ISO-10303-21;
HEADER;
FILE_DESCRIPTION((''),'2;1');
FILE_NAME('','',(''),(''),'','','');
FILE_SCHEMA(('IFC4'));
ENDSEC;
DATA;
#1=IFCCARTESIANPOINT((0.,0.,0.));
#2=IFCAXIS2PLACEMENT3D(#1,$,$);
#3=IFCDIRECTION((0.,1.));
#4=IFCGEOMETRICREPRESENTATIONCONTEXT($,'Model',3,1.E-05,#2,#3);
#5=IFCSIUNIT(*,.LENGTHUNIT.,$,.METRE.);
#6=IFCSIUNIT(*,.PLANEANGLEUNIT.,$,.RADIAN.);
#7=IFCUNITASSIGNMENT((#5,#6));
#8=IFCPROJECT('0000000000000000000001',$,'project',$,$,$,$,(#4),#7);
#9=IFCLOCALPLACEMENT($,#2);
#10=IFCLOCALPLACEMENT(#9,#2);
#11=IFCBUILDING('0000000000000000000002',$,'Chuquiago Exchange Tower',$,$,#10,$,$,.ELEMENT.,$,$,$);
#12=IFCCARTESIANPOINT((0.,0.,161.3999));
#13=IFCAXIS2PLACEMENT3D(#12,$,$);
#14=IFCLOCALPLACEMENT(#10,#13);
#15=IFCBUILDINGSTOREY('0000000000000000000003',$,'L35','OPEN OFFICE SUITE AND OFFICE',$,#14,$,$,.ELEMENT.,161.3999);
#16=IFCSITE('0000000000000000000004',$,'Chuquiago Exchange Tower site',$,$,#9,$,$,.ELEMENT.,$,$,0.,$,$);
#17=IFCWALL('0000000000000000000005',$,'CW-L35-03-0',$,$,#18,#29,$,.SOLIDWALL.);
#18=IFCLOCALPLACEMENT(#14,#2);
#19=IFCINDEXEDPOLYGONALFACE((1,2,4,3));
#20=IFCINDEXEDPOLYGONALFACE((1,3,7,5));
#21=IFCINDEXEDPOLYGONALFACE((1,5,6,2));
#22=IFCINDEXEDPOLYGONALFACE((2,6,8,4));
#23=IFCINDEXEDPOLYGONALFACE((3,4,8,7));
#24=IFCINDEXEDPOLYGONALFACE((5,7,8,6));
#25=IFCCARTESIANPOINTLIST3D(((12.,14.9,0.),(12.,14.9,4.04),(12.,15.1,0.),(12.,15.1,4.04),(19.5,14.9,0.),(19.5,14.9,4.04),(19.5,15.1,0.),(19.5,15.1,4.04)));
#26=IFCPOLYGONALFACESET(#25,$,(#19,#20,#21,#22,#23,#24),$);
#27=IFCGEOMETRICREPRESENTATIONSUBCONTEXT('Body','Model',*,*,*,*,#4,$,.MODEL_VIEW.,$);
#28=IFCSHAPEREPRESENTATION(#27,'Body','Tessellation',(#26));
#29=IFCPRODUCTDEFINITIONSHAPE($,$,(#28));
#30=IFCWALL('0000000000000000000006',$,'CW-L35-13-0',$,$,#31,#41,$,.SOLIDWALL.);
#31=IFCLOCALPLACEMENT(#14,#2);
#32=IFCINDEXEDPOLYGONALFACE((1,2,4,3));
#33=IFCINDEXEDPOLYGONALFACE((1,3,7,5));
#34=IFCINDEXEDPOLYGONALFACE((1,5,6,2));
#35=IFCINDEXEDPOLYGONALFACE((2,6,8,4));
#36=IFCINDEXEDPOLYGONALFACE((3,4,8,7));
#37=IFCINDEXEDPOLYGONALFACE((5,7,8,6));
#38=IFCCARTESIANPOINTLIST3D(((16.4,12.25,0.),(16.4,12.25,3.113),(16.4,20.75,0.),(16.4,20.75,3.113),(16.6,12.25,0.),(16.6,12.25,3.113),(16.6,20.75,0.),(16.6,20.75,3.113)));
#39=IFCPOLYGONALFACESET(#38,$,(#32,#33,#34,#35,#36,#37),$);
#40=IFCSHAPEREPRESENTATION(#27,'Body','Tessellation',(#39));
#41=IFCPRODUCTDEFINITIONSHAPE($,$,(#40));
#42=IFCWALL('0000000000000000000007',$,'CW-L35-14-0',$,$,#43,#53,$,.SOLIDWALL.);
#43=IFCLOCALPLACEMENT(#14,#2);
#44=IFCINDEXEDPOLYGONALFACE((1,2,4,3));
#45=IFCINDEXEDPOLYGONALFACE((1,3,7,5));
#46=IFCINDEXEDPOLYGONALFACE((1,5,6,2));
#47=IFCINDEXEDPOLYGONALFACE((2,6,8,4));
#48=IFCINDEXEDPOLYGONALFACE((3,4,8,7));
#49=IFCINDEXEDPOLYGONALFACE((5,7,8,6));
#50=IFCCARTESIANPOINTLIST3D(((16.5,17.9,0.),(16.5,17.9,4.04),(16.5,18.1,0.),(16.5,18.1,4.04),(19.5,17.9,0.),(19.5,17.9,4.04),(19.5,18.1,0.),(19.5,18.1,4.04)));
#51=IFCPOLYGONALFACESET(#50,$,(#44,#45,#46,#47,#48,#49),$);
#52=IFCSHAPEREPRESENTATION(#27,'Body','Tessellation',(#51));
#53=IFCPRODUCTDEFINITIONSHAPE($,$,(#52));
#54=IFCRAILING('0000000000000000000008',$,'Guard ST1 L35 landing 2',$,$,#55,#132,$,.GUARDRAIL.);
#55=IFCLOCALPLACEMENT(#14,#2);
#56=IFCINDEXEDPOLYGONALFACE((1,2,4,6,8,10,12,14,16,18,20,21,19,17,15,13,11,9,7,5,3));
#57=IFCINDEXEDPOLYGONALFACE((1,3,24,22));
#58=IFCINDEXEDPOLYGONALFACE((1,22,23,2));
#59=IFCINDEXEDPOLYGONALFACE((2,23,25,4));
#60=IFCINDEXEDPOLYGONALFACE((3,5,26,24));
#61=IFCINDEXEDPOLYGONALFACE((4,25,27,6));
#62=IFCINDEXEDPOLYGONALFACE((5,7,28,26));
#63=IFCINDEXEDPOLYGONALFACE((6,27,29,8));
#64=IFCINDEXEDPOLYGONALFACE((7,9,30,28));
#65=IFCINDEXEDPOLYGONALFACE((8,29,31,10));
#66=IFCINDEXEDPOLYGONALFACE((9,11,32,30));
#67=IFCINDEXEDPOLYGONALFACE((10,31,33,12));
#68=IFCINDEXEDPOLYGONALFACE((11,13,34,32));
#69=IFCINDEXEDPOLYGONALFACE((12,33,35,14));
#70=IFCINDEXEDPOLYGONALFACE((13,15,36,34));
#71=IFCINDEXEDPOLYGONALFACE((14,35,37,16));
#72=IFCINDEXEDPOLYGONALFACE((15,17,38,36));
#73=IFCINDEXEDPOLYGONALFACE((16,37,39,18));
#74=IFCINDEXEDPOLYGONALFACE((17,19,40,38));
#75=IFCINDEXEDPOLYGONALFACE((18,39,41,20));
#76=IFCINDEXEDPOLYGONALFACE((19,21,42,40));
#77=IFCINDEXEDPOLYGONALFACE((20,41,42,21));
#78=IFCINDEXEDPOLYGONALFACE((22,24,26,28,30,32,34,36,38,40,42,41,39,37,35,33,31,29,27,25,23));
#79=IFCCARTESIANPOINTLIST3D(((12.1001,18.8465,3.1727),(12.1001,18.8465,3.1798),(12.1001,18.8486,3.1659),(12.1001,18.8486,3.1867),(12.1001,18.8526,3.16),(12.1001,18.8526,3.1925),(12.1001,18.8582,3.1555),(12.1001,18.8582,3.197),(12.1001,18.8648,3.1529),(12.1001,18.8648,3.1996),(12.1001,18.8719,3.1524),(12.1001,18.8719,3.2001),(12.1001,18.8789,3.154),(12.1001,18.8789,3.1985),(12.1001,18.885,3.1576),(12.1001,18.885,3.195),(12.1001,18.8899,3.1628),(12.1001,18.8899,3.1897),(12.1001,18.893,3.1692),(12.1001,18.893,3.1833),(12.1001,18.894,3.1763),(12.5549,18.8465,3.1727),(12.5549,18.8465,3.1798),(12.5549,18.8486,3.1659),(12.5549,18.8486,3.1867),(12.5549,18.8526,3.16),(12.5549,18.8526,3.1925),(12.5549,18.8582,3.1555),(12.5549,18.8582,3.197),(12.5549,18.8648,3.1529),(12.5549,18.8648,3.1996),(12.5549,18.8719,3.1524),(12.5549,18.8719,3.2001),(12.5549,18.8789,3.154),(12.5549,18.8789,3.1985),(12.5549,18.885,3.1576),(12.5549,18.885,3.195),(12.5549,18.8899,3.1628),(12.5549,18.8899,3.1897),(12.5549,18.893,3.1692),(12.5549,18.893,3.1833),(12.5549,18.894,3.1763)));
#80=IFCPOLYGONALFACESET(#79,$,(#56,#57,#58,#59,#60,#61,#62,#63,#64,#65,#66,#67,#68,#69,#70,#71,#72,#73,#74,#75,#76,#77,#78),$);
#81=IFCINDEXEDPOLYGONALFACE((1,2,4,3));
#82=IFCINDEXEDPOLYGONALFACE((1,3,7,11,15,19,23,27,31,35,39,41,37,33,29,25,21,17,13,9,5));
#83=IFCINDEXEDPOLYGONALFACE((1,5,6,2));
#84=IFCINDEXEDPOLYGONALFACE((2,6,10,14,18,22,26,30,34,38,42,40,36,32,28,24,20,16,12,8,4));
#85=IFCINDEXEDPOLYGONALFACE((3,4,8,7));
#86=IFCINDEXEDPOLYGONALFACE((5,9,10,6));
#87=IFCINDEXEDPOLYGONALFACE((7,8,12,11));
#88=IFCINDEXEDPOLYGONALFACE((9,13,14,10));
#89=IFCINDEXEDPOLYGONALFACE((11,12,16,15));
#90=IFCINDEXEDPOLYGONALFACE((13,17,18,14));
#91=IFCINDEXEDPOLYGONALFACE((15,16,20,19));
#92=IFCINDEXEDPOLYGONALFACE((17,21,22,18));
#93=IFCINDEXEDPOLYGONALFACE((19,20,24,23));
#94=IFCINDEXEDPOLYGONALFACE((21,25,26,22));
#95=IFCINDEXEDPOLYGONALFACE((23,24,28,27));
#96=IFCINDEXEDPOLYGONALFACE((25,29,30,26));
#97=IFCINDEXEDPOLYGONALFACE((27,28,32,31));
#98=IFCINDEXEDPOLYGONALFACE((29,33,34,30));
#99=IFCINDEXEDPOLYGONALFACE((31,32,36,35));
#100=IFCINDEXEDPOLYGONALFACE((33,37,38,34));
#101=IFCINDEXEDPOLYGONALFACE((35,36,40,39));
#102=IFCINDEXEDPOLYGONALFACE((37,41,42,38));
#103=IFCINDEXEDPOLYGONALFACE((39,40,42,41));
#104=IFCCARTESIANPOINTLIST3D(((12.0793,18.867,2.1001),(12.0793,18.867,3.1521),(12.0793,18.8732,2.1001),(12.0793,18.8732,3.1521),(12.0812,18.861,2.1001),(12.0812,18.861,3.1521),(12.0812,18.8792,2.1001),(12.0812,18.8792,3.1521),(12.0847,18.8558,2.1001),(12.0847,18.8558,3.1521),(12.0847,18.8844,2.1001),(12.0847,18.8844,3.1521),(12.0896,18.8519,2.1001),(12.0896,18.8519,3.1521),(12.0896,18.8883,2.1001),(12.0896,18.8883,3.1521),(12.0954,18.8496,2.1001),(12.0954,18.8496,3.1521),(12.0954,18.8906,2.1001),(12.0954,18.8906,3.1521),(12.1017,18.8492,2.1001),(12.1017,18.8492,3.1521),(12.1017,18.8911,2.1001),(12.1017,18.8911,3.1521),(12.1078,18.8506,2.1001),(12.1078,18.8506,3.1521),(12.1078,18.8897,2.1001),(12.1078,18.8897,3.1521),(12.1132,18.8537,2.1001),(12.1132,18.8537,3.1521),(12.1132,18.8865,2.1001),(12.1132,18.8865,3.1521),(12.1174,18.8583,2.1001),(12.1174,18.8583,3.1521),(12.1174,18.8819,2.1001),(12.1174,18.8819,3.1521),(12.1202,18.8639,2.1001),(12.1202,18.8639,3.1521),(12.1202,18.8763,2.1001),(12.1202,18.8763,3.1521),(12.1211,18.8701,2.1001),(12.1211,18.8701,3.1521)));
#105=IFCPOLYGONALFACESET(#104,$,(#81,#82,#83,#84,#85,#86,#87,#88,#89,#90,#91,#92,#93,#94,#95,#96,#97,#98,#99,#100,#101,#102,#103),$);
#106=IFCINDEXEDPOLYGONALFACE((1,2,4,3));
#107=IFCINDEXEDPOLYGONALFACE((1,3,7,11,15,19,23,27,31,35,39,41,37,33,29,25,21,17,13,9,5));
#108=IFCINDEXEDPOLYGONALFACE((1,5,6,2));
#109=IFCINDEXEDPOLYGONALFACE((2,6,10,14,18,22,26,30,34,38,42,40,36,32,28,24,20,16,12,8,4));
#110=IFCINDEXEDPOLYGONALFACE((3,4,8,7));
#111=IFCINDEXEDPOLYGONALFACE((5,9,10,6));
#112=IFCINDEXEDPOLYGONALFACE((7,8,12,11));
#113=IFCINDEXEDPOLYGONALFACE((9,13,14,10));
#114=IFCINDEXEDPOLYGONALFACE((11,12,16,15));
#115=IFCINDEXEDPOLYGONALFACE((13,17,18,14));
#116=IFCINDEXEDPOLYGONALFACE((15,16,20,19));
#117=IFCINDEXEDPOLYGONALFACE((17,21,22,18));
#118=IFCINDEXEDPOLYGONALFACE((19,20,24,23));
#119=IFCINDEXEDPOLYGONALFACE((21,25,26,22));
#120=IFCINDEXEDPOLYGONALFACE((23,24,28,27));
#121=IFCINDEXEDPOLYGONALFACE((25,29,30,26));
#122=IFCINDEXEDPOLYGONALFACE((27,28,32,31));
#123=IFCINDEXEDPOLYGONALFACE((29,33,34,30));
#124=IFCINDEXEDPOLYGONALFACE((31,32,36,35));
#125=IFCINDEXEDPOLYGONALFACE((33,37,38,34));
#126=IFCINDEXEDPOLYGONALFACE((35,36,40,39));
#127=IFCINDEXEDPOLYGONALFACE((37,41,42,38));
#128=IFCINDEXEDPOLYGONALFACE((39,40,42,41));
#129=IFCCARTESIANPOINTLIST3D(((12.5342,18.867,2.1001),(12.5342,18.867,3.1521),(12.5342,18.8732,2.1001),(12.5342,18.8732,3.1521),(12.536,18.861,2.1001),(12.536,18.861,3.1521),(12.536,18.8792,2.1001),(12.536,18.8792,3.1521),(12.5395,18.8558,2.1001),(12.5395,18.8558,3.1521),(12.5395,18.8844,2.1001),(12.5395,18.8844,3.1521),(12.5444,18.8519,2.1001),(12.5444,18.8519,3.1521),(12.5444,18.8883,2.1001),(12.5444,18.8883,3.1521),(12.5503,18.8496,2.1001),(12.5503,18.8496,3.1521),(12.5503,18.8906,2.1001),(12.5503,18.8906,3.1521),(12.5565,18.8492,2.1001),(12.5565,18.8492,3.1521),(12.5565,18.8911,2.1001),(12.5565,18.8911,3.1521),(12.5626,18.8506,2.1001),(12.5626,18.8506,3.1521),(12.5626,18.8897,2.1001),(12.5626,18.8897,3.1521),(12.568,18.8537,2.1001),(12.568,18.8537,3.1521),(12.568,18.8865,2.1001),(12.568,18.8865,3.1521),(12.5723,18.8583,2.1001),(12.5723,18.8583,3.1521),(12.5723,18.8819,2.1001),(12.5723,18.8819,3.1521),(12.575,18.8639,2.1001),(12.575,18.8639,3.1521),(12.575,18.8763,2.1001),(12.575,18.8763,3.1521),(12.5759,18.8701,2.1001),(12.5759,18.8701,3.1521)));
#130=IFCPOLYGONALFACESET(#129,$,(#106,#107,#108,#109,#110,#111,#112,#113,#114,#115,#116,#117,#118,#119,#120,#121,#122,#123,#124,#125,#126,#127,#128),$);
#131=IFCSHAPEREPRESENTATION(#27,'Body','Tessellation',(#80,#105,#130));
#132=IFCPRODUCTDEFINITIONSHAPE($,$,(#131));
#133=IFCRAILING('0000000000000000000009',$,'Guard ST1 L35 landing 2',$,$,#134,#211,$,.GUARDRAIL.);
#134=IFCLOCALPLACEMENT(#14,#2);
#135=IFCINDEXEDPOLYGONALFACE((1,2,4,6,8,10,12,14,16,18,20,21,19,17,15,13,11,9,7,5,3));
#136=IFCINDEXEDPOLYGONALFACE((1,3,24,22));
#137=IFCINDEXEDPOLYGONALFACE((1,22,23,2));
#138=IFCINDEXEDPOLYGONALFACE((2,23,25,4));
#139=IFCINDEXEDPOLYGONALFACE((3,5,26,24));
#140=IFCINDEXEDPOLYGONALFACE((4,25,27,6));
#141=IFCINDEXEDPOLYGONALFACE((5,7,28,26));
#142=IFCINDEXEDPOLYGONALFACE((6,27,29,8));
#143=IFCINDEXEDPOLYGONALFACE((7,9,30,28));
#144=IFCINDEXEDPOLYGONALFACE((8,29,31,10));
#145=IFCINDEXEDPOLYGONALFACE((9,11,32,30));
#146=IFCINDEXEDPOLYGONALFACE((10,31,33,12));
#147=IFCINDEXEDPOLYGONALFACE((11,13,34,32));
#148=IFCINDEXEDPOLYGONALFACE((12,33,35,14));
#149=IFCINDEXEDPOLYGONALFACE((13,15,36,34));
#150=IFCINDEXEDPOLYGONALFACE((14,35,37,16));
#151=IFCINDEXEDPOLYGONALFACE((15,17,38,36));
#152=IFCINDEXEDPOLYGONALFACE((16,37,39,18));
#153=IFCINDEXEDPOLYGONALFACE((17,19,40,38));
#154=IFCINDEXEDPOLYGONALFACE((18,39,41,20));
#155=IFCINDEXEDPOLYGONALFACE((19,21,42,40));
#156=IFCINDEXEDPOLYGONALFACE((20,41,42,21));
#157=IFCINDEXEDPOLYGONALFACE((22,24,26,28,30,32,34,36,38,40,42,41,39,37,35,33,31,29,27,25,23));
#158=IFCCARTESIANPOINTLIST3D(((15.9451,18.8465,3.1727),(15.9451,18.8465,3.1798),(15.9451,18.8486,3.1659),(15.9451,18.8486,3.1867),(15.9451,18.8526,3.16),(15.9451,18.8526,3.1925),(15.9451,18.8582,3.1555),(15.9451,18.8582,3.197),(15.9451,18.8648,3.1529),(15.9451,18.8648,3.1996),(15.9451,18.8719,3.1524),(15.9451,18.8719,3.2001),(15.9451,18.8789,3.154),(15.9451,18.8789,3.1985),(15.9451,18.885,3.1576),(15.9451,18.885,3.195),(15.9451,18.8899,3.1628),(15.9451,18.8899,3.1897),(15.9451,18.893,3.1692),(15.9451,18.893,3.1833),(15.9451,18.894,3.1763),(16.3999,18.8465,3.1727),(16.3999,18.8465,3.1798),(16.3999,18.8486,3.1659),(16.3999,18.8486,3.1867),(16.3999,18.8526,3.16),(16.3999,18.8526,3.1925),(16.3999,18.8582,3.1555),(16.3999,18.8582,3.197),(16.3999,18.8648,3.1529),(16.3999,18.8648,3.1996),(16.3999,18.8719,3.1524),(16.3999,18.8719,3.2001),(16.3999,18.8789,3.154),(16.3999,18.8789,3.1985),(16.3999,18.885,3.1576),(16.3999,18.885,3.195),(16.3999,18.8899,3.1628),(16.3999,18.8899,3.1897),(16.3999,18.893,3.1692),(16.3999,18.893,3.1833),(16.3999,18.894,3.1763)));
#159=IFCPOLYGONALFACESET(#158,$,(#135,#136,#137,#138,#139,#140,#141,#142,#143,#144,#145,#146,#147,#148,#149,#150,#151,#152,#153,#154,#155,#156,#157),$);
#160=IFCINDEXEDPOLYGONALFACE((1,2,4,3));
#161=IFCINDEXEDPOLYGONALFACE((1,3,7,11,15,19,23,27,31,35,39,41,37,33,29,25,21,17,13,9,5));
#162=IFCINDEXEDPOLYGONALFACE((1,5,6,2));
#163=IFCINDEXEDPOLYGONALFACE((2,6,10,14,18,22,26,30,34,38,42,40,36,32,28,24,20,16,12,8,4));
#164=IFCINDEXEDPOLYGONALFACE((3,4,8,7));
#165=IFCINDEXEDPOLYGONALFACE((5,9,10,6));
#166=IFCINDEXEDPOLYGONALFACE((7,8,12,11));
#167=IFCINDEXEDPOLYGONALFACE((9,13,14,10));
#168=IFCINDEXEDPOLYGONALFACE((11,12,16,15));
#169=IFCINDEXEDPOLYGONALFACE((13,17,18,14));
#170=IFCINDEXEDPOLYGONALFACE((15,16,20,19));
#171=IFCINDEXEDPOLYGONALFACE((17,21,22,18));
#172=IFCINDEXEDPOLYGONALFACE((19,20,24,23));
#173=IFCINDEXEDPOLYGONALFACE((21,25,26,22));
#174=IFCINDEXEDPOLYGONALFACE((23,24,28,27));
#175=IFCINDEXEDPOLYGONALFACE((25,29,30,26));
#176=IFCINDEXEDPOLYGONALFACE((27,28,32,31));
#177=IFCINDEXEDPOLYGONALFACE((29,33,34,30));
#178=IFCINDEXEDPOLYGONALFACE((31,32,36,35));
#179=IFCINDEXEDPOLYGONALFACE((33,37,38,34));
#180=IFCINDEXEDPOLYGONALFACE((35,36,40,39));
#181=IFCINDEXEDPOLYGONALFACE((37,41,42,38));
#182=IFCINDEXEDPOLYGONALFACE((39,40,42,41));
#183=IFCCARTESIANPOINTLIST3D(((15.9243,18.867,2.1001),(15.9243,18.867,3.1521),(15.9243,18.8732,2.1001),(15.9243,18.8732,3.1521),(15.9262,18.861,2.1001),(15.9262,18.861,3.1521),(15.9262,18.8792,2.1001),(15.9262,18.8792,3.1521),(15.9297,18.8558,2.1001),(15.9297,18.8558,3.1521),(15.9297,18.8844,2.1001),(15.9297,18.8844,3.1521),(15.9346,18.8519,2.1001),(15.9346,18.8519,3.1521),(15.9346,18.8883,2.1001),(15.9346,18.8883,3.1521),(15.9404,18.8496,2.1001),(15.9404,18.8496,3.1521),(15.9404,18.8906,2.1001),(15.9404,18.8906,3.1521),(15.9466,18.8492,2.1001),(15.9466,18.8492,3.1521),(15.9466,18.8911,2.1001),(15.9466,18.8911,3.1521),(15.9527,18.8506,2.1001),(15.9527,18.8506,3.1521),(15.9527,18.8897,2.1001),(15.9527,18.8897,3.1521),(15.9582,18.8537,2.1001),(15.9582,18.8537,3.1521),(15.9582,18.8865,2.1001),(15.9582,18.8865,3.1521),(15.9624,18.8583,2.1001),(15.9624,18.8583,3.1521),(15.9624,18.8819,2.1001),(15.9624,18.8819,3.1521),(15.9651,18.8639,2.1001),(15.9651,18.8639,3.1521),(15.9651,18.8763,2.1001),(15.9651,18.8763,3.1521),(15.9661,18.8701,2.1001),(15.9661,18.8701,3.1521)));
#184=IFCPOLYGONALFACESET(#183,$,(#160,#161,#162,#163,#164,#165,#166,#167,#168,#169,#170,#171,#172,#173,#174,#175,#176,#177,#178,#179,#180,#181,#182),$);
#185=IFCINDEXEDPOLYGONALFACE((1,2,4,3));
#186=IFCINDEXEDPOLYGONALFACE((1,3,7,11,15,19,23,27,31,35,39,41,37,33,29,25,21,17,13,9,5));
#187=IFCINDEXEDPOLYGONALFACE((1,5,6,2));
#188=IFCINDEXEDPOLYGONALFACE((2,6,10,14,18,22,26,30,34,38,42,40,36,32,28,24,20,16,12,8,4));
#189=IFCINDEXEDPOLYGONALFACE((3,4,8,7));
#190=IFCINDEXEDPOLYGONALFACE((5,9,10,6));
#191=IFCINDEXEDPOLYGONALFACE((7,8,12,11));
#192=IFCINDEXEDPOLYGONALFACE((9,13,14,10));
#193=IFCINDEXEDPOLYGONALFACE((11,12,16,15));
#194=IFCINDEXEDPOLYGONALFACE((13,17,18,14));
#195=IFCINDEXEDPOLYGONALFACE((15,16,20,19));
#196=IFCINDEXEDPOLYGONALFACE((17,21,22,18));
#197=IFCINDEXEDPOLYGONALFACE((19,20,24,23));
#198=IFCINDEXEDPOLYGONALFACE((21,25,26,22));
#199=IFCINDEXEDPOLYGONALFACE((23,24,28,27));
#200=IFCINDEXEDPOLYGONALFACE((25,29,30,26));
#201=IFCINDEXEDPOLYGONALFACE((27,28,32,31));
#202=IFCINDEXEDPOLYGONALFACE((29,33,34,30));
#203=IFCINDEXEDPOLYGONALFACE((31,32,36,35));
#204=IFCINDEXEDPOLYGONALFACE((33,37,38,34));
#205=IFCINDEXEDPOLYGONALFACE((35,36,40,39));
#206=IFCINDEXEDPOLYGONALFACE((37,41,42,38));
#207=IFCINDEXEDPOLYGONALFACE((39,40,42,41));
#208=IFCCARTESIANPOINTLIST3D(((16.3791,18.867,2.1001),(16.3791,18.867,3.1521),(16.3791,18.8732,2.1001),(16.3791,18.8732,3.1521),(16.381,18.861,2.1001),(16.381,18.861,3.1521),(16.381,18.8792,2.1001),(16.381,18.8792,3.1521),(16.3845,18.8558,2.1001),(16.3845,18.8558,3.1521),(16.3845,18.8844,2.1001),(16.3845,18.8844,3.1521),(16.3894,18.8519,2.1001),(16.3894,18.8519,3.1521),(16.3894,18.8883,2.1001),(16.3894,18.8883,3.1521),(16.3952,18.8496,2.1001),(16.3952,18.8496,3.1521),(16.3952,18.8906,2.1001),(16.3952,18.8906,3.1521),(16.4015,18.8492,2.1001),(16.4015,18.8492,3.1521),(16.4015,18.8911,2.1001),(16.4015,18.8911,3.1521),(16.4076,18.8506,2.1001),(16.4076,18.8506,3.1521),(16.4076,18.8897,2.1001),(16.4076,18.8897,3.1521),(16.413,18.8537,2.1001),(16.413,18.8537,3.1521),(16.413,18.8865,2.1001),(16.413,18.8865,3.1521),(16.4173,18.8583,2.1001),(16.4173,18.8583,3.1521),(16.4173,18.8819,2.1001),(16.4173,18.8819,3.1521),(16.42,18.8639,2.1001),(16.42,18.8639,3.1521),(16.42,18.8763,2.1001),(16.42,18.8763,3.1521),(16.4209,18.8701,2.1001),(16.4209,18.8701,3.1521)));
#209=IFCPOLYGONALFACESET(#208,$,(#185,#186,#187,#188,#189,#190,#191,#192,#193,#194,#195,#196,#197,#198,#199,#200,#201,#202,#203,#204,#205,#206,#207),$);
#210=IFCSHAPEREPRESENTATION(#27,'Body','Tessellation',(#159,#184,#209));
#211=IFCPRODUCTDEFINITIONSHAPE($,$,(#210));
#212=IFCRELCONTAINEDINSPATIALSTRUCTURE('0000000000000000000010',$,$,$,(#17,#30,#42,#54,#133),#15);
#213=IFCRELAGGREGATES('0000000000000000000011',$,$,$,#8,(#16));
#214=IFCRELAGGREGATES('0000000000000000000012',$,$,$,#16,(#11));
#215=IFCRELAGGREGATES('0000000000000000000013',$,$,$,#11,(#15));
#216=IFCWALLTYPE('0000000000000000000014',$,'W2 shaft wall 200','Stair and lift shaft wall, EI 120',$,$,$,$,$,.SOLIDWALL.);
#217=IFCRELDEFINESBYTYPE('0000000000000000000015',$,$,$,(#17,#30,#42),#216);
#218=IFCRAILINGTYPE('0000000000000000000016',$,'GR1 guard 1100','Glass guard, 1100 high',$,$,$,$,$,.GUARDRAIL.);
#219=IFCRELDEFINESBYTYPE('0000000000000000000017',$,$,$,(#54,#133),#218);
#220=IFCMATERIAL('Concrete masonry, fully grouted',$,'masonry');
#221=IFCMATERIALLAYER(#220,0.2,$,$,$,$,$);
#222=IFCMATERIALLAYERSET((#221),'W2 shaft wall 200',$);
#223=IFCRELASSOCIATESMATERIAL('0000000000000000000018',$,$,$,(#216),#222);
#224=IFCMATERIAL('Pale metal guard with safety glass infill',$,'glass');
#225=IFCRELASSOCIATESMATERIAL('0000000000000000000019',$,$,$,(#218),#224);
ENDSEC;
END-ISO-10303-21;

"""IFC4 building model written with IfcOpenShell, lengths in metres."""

from ifc_helpers import new_model, si_unit, direction, frame, frame_2d, origin, origin_2d, place, context, subcontext, project, spatial, rectangle, circle, extrude, material, layer, layer_set, type_object, element, save


model = new_model("IFC4")

# Units and contexts
model_context = context("Model", 3, precision=1e-05, world=origin(), true_north=direction((0.0, 1.0)))
body_context = subcontext(model_context, "Body", "Model", "MODEL_VIEW")
ifc_project = project(units=[si_unit("LENGTHUNIT", "METRE"), si_unit("PLANEANGLEUNIT", "RADIAN")], contexts=[model_context])

# Site, building, storey
site_placement = place(None, origin())
site = spatial("IfcSite", under=ifc_project, at=site_placement, Name="Chuquiago Exchange Tower site", CompositionType="ELEMENT", RefElevation=0.0)
building_placement = place(site_placement, origin())
building = spatial("IfcBuilding", under=site, at=building_placement, Name="Chuquiago Exchange Tower", CompositionType="ELEMENT")
storey_placement = place(building_placement, frame((0.0, 0.0, 161.3999)))
storey = spatial("IfcBuildingStorey", under=building, at=storey_placement, Name="L35", Description="OPEN OFFICE SUITE AND OFFICE", CompositionType="ELEMENT", Elevation=161.3999)

# Walls
ifc_material_1 = material(Name="Concrete masonry, fully grouted", Category="masonry")
ifc_layer_1 = layer(ifc_material_1, 0.2)
ifc_layer_set_1 = layer_set([ifc_layer_1], Name="W2 shaft wall 200")
wall_type_1 = type_object("IfcWallType", Name="W2 shaft wall 200", Description="Stair and lift shaft wall, EI 120", PredefinedType="SOLIDWALL", material=ifc_layer_set_1)
wall_1_placement = place(storey_placement, frame((12.0, 15.0, 0.0), z_axis=(0.0, 0.0, 1.0), x_axis=(1.0, 0.0, 0.0)))
element("IfcWall", 1, at=wall_1_placement, inside=storey, type_object=wall_type_1, Name="CW-L35-03-0", PredefinedType="SOLIDWALL", context=body_context, shape_type="SweptSolid", body=[
    extrude(rectangle(XDim=7.5, YDim=0.2, at=frame_2d((3.75, 0.0))), origin(), (0.0, 0.0, 1.0), 4.04),
])
wall_2_placement = place(storey_placement, frame((16.5, 12.25, 0.0), z_axis=(0.0, 0.0, 1.0), x_axis=(0.0, 1.0, 0.0)))
element("IfcWall", 2, at=wall_2_placement, inside=storey, type_object=wall_type_1, Name="CW-L35-13-0", PredefinedType="SOLIDWALL", context=body_context, shape_type="SweptSolid", body=[
    extrude(rectangle(XDim=8.5, YDim=0.2, at=frame_2d((4.25, 0.0))), origin(), (0.0, 0.0, 1.0), 3.113),
])
wall_3_placement = place(storey_placement, frame((16.5, 18.0, 0.0), z_axis=(0.0, 0.0, 1.0), x_axis=(1.0, 0.0, 0.0)))
element("IfcWall", 3, at=wall_3_placement, inside=storey, type_object=wall_type_1, Name="CW-L35-14-0", PredefinedType="SOLIDWALL", context=body_context, shape_type="SweptSolid", body=[
    extrude(rectangle(XDim=3.0, YDim=0.2, at=frame_2d((1.5, 0.0))), origin(), (0.0, 0.0, 1.0), 4.04),
])

# Railings
ifc_material_2 = material(Name="Pale metal guard with safety glass infill", Category="glass")
railing_type_1 = type_object("IfcRailingType", Name="GR1 guard 1100", Description="Glass guard, 1100 high", PredefinedType="GUARDRAIL", material=ifc_material_2)
for number, where, name in (
    (4, (12.1001, 18.8701, 2.1001), "Guard ST1 L35 landing 2"),
    (5, (15.9451, 18.8701, 2.1001), "Guard ST1 L35 landing 2"),
):
    element("IfcRailing", number, at=place(storey_placement, frame(where)), inside=storey, type_object=railing_type_1, Name=name, PredefinedType="GUARDRAIL", context=body_context, shape_type="SweptSolid", body=[
        extrude(circle(Radius=0.0239, at=origin_2d()), frame((0.0, 0.0, 1.0762), z_axis=(1.0, 0.0, 0.0), x_axis=(0.0, 1.0, 0.0)), (0.0, 0.0, 1.0), 0.4548),
        extrude(circle(Radius=0.021, at=origin_2d()), origin(), (0.0, 0.0, 1.0), 1.052),
        extrude(circle(Radius=0.021, at=origin_2d()), frame((0.4548, 0.0, 0.0)), (0.0, 0.0, 1.0), 1.052),
    ])

save(model, "model.ifc")
